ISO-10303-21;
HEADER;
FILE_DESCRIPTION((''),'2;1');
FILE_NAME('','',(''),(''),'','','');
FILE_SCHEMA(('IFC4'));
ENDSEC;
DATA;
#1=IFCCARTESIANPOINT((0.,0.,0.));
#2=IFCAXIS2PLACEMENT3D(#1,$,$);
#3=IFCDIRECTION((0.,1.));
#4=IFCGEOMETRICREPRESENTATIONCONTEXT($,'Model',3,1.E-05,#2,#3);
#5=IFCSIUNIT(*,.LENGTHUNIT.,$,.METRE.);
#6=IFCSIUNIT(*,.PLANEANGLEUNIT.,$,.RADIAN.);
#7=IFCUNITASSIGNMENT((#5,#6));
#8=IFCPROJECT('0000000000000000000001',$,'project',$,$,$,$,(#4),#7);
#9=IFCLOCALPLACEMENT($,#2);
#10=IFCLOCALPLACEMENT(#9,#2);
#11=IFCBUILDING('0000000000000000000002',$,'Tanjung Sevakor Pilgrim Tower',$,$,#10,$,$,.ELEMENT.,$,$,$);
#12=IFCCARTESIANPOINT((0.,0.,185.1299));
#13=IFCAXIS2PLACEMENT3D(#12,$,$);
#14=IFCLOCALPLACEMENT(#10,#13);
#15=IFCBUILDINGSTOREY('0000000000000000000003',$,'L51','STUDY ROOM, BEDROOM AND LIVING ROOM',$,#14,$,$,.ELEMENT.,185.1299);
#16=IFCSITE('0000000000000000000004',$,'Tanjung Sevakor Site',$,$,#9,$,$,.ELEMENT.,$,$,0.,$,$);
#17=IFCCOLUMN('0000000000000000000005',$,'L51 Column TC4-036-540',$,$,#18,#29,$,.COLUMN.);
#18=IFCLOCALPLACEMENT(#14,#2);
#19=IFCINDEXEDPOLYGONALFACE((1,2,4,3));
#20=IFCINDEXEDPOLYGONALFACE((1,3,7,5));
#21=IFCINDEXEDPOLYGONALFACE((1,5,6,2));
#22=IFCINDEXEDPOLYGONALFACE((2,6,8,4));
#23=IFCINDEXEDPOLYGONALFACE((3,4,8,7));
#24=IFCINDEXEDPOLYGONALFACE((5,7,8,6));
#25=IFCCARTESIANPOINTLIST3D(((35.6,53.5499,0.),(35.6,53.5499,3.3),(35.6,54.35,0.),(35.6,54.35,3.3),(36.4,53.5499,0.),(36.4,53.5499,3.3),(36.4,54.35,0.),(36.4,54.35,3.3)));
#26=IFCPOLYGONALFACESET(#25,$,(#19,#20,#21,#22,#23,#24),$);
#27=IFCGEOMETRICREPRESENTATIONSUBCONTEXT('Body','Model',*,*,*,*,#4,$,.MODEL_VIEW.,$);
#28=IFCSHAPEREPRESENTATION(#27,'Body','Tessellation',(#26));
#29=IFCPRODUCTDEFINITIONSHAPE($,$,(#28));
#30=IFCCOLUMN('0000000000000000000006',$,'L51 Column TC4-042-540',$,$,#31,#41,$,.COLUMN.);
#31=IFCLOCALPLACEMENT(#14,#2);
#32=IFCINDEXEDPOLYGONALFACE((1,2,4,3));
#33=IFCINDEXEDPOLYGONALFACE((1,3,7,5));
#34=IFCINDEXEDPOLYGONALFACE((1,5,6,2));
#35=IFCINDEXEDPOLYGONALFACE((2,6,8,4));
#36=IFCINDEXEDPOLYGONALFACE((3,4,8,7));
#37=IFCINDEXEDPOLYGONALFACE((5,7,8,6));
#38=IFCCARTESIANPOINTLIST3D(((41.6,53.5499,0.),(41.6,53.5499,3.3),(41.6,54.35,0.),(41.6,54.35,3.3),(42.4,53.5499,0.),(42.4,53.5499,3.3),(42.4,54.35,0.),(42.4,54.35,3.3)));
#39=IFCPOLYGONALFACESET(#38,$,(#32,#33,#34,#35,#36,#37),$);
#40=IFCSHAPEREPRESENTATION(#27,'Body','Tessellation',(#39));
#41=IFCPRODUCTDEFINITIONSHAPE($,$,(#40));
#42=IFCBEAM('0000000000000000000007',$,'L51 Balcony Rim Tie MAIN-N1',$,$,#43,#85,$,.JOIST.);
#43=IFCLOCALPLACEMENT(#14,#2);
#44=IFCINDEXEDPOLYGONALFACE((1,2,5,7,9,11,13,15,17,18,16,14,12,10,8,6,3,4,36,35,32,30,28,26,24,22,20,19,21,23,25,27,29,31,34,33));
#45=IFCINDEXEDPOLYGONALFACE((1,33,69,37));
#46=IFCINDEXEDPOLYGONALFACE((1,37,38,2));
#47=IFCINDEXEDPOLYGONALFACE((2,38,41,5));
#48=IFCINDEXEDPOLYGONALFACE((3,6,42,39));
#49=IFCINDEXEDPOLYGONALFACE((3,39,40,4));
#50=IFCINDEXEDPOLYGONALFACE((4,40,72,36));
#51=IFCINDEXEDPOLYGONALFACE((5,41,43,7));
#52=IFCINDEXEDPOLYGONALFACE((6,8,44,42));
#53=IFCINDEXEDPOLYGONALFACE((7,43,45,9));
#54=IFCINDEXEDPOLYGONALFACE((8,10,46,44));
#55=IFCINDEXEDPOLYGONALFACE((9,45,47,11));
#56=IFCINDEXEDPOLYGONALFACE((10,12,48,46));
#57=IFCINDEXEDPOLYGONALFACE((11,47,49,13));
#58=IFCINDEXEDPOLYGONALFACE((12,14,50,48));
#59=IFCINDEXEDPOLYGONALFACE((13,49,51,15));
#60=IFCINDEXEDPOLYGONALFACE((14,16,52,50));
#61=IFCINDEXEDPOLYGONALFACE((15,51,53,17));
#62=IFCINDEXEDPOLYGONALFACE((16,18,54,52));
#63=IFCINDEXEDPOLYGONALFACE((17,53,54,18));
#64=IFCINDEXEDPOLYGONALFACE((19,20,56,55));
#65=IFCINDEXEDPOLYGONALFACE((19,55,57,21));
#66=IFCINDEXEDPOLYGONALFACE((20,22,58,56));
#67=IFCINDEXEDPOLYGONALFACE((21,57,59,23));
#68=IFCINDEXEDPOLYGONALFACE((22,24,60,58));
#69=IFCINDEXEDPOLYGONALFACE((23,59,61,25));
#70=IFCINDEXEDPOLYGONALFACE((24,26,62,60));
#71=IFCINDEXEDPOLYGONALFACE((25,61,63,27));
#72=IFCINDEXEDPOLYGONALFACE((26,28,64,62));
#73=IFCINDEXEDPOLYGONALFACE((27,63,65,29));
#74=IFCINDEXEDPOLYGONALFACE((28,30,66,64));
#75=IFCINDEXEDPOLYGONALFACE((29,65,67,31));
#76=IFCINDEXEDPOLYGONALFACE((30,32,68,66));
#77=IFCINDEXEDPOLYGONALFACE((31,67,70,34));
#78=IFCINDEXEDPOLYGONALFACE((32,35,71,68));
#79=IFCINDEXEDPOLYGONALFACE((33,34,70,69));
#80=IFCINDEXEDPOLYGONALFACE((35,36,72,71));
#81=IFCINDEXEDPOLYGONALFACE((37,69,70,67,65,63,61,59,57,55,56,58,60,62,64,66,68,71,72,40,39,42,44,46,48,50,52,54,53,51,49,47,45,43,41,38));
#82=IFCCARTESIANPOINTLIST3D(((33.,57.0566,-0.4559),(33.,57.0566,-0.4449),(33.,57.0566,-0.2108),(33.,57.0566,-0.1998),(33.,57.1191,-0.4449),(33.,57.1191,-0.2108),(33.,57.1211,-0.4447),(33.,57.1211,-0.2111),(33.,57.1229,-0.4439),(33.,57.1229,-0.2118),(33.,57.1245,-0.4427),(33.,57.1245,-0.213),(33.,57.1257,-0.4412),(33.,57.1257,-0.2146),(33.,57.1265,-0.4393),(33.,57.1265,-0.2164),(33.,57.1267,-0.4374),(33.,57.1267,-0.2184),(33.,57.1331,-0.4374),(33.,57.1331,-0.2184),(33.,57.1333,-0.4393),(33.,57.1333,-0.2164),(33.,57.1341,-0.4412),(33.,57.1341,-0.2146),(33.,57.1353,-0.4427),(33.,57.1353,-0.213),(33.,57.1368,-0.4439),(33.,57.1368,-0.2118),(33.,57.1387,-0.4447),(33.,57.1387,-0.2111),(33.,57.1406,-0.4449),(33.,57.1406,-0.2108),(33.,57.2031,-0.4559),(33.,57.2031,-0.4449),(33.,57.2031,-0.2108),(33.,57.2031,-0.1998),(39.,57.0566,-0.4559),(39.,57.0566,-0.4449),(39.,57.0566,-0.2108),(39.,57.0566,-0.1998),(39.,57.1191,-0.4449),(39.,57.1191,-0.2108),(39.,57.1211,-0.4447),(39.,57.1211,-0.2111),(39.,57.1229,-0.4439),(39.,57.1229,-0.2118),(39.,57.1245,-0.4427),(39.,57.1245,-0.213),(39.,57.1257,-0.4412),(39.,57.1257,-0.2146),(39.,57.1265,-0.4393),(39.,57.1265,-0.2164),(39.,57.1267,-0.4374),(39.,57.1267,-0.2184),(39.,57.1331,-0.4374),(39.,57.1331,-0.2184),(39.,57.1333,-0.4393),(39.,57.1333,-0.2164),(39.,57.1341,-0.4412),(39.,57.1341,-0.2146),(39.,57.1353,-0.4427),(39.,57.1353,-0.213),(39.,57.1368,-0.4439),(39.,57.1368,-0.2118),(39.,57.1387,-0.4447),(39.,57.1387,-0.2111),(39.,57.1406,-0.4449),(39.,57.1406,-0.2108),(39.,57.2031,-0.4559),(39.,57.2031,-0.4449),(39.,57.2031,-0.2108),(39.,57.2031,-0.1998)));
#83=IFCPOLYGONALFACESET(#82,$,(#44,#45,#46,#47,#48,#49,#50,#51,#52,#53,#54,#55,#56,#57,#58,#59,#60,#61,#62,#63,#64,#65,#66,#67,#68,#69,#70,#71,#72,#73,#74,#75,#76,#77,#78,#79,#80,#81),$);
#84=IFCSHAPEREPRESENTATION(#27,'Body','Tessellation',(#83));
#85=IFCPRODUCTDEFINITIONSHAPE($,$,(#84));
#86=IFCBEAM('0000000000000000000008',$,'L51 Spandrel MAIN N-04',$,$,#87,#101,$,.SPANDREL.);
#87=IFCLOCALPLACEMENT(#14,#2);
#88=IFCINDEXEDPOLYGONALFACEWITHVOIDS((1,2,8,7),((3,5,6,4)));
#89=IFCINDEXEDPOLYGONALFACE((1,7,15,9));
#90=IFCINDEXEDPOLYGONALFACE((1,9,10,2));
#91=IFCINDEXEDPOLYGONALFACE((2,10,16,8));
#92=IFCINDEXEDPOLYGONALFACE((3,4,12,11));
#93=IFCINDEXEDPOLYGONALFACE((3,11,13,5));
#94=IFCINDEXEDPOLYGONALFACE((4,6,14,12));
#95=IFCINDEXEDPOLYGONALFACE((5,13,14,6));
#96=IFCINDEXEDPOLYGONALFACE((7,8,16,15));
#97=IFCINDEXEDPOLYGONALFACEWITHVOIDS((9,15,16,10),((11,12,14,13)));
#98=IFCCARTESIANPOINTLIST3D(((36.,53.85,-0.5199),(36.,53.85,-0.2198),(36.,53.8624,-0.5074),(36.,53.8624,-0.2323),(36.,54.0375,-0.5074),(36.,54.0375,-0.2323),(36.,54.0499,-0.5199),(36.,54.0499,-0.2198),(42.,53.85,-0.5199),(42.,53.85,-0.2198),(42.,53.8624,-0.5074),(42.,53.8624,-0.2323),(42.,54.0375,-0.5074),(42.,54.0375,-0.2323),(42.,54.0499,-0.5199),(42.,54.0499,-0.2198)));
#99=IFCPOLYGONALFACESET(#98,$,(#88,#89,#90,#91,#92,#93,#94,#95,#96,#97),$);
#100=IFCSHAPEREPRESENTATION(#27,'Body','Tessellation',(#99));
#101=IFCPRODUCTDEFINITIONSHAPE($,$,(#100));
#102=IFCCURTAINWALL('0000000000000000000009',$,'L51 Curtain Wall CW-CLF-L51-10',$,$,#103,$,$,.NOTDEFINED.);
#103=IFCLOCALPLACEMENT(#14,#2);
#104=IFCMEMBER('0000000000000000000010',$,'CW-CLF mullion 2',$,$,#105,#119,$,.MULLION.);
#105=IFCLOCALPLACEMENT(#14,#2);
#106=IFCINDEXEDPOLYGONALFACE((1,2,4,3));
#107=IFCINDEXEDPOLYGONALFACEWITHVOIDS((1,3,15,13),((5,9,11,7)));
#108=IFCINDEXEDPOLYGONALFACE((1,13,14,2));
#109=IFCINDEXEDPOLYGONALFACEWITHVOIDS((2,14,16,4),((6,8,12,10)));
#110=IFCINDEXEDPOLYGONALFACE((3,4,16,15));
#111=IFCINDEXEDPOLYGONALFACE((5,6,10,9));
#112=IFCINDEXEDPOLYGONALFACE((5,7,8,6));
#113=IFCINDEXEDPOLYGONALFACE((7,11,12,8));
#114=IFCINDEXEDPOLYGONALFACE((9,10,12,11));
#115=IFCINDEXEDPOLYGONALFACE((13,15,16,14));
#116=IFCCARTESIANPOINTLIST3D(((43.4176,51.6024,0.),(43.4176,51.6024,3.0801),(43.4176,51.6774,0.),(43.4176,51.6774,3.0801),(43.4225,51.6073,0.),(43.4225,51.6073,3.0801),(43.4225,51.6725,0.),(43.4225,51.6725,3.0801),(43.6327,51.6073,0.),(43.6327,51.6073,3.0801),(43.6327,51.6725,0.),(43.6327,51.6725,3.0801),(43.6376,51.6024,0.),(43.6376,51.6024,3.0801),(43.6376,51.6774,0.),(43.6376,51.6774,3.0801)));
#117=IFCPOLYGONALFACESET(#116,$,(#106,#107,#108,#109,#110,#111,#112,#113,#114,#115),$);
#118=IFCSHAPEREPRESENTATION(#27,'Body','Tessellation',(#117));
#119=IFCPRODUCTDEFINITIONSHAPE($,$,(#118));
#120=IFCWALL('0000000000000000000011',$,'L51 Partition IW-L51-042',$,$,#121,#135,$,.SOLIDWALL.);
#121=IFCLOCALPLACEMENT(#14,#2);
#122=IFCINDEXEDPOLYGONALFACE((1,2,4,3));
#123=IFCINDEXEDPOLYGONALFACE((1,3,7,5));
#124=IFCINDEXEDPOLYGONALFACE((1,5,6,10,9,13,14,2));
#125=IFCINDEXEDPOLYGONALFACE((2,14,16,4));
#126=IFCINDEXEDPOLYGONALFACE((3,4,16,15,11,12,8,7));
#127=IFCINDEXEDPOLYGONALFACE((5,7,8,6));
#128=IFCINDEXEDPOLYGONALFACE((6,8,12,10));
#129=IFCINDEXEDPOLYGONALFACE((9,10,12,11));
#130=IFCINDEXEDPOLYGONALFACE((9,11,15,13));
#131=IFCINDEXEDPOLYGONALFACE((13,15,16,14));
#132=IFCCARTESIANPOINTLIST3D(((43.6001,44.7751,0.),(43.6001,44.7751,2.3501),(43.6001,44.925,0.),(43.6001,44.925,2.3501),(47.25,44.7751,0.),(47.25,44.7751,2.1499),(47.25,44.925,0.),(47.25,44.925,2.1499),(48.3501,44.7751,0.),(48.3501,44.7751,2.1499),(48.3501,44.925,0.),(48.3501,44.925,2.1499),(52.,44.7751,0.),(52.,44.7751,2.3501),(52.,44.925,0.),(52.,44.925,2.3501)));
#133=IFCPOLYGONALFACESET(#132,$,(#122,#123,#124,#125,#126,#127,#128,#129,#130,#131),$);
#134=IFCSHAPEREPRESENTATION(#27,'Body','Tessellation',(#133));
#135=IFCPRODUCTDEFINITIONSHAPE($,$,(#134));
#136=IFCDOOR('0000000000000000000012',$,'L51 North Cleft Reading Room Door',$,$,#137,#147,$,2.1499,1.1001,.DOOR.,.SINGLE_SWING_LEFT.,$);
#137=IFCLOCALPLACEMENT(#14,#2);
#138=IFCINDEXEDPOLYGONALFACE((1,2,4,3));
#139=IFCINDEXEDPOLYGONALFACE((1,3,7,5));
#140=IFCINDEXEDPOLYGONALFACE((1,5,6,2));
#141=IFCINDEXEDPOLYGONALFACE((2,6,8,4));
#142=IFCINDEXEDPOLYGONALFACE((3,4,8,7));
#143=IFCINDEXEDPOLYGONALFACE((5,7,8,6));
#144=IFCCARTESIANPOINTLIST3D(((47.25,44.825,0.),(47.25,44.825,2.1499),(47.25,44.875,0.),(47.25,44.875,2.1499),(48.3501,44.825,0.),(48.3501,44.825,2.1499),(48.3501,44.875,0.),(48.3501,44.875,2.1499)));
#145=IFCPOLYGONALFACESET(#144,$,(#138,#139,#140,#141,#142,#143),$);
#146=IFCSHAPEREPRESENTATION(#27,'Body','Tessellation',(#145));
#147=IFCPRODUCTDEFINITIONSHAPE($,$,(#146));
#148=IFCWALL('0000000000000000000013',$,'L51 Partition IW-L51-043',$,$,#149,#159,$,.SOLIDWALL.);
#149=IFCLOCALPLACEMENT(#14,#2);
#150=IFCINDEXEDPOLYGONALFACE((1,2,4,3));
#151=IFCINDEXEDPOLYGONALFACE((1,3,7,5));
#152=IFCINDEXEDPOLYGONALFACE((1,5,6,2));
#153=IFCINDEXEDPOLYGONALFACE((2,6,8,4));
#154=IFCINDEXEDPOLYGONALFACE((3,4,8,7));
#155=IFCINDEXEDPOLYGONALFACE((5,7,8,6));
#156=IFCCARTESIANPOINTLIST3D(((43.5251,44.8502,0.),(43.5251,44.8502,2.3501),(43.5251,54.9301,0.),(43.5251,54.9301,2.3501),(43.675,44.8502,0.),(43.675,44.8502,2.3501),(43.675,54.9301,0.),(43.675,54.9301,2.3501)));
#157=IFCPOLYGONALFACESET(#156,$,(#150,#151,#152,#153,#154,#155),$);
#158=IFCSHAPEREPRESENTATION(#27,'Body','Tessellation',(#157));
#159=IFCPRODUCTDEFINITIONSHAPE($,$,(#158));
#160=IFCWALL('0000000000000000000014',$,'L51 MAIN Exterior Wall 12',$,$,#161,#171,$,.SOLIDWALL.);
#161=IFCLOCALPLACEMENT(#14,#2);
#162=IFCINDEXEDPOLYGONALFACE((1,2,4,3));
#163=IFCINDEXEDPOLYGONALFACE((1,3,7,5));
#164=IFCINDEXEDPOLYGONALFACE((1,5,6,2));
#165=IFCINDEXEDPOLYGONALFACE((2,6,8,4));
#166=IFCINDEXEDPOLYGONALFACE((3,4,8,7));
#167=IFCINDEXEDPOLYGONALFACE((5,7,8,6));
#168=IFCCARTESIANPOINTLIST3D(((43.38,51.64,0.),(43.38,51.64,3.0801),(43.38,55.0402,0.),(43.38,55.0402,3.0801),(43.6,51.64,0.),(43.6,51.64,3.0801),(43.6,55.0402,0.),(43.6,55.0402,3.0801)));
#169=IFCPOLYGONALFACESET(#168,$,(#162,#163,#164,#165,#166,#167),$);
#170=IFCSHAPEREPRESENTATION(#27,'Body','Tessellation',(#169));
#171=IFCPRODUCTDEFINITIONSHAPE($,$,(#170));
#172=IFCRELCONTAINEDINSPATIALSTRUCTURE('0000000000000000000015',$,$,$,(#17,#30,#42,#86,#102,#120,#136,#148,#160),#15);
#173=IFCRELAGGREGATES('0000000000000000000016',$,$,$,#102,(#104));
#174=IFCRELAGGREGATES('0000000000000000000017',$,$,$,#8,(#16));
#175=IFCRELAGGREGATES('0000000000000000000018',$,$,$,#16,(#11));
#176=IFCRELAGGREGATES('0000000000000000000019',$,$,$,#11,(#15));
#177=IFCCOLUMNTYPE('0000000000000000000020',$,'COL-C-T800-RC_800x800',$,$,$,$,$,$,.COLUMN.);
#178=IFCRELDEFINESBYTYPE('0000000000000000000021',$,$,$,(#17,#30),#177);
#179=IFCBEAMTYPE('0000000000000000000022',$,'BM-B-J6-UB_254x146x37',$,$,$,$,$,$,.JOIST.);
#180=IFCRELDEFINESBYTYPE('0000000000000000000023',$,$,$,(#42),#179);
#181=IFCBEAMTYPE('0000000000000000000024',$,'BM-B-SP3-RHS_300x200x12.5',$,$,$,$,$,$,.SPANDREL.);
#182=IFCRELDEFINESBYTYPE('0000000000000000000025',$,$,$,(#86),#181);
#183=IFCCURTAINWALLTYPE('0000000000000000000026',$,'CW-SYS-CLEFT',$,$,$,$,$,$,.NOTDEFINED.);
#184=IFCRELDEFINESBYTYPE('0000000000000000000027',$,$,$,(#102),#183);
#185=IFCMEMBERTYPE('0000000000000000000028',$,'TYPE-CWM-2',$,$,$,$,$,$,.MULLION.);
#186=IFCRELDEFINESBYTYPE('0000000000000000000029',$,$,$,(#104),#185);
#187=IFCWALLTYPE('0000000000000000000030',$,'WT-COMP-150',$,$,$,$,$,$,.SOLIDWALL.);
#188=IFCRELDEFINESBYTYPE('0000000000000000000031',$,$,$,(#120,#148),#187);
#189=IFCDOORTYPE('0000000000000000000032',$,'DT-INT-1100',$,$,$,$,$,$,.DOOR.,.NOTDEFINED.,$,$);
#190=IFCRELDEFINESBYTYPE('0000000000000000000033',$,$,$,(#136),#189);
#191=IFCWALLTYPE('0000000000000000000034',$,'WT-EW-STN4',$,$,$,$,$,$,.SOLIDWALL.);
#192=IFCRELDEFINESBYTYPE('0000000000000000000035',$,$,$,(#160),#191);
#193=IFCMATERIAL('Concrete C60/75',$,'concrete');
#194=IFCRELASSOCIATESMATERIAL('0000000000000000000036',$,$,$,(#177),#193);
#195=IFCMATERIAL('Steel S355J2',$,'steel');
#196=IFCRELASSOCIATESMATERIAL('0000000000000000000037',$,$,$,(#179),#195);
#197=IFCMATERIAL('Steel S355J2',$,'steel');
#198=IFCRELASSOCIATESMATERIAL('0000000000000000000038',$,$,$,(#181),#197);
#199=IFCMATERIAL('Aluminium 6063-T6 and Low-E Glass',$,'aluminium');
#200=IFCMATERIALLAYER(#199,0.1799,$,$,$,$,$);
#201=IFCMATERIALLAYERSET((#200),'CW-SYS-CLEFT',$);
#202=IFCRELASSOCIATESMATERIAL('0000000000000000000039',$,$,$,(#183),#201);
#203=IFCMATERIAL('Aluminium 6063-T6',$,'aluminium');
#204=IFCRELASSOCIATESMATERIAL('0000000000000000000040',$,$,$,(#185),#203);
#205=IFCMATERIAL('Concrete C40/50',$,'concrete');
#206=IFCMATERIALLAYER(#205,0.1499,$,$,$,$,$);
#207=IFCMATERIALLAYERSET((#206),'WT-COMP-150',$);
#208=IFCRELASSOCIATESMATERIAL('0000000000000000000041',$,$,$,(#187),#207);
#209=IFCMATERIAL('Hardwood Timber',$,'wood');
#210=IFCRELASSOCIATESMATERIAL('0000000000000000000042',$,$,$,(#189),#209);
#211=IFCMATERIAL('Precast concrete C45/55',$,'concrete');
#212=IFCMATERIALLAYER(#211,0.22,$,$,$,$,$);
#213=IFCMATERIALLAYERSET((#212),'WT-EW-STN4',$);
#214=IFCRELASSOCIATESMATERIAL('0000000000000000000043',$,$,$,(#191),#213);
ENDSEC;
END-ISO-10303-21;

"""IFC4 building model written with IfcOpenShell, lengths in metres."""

from ifc_helpers import new_model, si_unit, direction, frame, frame_2d, origin, origin_2d, place, context, subcontext, project, spatial, rectangle, hollow_rectangle, i_section, extrude, material, layer, layer_set, material_profile, profile_set, type_object, element, fill, aggregate, save


model = new_model("IFC4")

# Units and contexts
model_context = context("Model", 3, precision=1e-05, world=origin(), true_north=direction((0.0, 1.0)))
body_context = subcontext(model_context, "Body", "Model", "MODEL_VIEW")
ifc_project = project(units=[si_unit("LENGTHUNIT", "METRE"), si_unit("PLANEANGLEUNIT", "RADIAN")], contexts=[model_context])

# Site, building, storey
site_placement = place(None, origin())
site = spatial("IfcSite", under=ifc_project, at=site_placement, Name="Tanjung Sevakor Site", CompositionType="ELEMENT", RefElevation=0.0)
building_placement = place(site_placement, origin())
building = spatial("IfcBuilding", under=site, at=building_placement, Name="Tanjung Sevakor Pilgrim Tower", CompositionType="ELEMENT")
storey_placement = place(building_placement, frame((0.0, 0.0, 185.1299)))
storey = spatial("IfcBuildingStorey", under=building, at=storey_placement, Name="L51", Description="STUDY ROOM, BEDROOM AND LIVING ROOM", CompositionType="ELEMENT", Elevation=185.1299)

# Columns
ifc_material_1 = material(Name="Concrete C60/75", Category="concrete")
ifc_material_profile_1 = material_profile(ifc_material_1, rectangle(XDim=0.8, YDim=0.8, at=origin_2d()))
ifc_profile_set_1 = profile_set([ifc_material_profile_1], Name="Concrete C60/75")
column_type = type_object("IfcColumnType", Name="COL-C-T800-RC_800x800", PredefinedType="COLUMN", material=ifc_profile_set_1)
for number, where, z_axis, x_axis, name in (
    (1, (36.0, 53.95, 0.0), (0.0, 0.0, 1.0), (1.0, 0.0, 0.0), "L51 Column TC4-036-540"),
    (2, (42.0, 53.95, 0.0), (0.0, 0.0, 1.0), (1.0, 0.0, 0.0), "L51 Column TC4-042-540"),
):
    element("IfcColumn", number, at=place(storey_placement, frame(where, z_axis=z_axis, x_axis=x_axis)), inside=storey, type_object=column_type, Name=name, PredefinedType="COLUMN", context=body_context, shape_type="SweptSolid", body=[
        extrude(rectangle(XDim=0.8, YDim=0.8, at=origin_2d()), origin(), (0.0, 0.0, 1.0), 3.3),
    ])

# Beams
ifc_material_2 = material(Name="Steel S355J2", Category="steel")
ifc_material_profile_2 = material_profile(ifc_material_2, i_section(OverallWidth=0.1465, OverallDepth=0.2561, WebThickness=0.0063, FlangeThickness=0.011, FilletRadius=0.0076, at=origin_2d()))
ifc_profile_set_2 = profile_set([ifc_material_profile_2], Name="Steel S355J2")
beam_type_1 = type_object("IfcBeamType", Name="BM-B-J6-UB_254x146x37", PredefinedType="JOIST", material=ifc_profile_set_2)
beam_1_placement = place(storey_placement, frame((33.0, 57.1299, -0.3279), z_axis=(1.0, 0.0, 0.0), x_axis=(0.0, 1.0, 0.0)))
element("IfcBeam", 3, at=beam_1_placement, inside=storey, type_object=beam_type_1, Name="L51 Balcony Rim Tie MAIN-N1", PredefinedType="JOIST", context=body_context, shape_type="SweptSolid", body=[
    extrude(i_section(OverallWidth=0.1465, OverallDepth=0.2561, WebThickness=0.0063, FlangeThickness=0.011, FilletRadius=0.0076, at=origin_2d()), origin(), (0.0, 0.0, 1.0), 6.0),
])
ifc_material_3 = material(Name="Steel S355J2", Category="steel")
ifc_material_profile_3 = material_profile(ifc_material_3, hollow_rectangle(XDim=0.2, YDim=0.3, WallThickness=0.0125, at=origin_2d()))
ifc_profile_set_3 = profile_set([ifc_material_profile_3], Name="Steel S355J2")
beam_type_2 = type_object("IfcBeamType", Name="BM-B-SP3-RHS_300x200x12.5", PredefinedType="SPANDREL", material=ifc_profile_set_3)
beam_2_placement = place(storey_placement, frame((36.0, 53.95, -0.3699), z_axis=(1.0, 0.0, 0.0), x_axis=(0.0, 1.0, 0.0)))
element("IfcBeam", 4, at=beam_2_placement, inside=storey, type_object=beam_type_2, Name="L51 Spandrel MAIN N-04", PredefinedType="SPANDREL", context=body_context, shape_type="SweptSolid", body=[
    extrude(hollow_rectangle(XDim=0.2, YDim=0.3, WallThickness=0.0125, at=origin_2d()), origin(), (0.0, 0.0, 1.0), 6.0),
])

# Curtain wall, member
ifc_material_4 = material(Name="Aluminium 6063-T6 and Low-E Glass", Category="aluminium")
ifc_layer_1 = layer(ifc_material_4, 0.1799)
ifc_layer_set_1 = layer_set([ifc_layer_1], Name="CW-SYS-CLEFT")
curtain_wall_type = type_object("IfcCurtainWallType", Name="CW-SYS-CLEFT", PredefinedType="NOTDEFINED", material=ifc_layer_set_1)
curtain_wall_placement = place(storey_placement, origin())
curtain_wall = element("IfcCurtainWall", 5, at=curtain_wall_placement, inside=storey, type_object=curtain_wall_type, Name="L51 Curtain Wall CW-CLF-L51-10", PredefinedType="NOTDEFINED")
ifc_material_5 = material(Name="Aluminium 6063-T6", Category="aluminium")
ifc_material_profile_4 = material_profile(ifc_material_5, hollow_rectangle(XDim=0.075, YDim=0.22, WallThickness=0.0049, at=origin_2d()))
ifc_profile_set_4 = profile_set([ifc_material_profile_4], Name="Aluminium 6063-T6")
member_type = type_object("IfcMemberType", Name="TYPE-CWM-2", PredefinedType="MULLION", material=ifc_profile_set_4)
member_placement = place(storey_placement, frame((43.5276, 51.6399, 0.0), z_axis=(0.0, 0.0, 1.0), x_axis=(0.0, -1.0, 0.0)))
member = element("IfcMember", 6, at=member_placement, type_object=member_type, Name="CW-CLF mullion 2", PredefinedType="MULLION", context=body_context, shape_type="SweptSolid", body=[
    extrude(hollow_rectangle(XDim=0.075, YDim=0.22, WallThickness=0.0049, at=origin_2d()), origin(), (0.0, 0.0, 1.0), 3.0801),
])
aggregate(curtain_wall, [member])

# Wall, opening, door
ifc_material_6 = material(Name="Concrete C40/50", Category="concrete")
ifc_layer_2 = layer(ifc_material_6, 0.1499)
ifc_layer_set_2 = layer_set([ifc_layer_2], Name="WT-COMP-150")
wall_type_1 = type_object("IfcWallType", Name="WT-COMP-150", PredefinedType="SOLIDWALL", material=ifc_layer_set_2)
wall_1_placement = place(storey_placement, frame((43.6001, 44.8501, 0.0), z_axis=(0.0, 0.0, 1.0), x_axis=(1.0, 0.0, 0.0)))
wall_1 = element("IfcWall", 7, at=wall_1_placement, inside=storey, type_object=wall_type_1, Name="L51 Partition IW-L51-042", PredefinedType="SOLIDWALL", context=body_context, shape_type="SweptSolid", body=[
    extrude(rectangle(XDim=8.3999, YDim=0.1499, at=frame_2d((4.2, 0.0))), origin(), (0.0, 0.0, 1.0), 2.3501),
])
opening_1_placement = place(wall_1_placement, frame((3.6499, 0.0, 0.0)))
opening_1 = element("IfcOpeningElement", 8, at=opening_1_placement, cuts=wall_1, PredefinedType="OPENING", context=body_context, shape_type="SweptSolid", body=[
    extrude(rectangle(XDim=1.1001, YDim=2.1499, at=frame_2d((0.55, 1.075))), frame((0.0, 0.085, 0.0), z_axis=(0.0, -1.0, 0.0), x_axis=(1.0, 0.0, 0.0)), (0.0, 0.0, 1.0), 0.1699),
])
ifc_material_7 = material(Name="Hardwood Timber", Category="wood")
door_type_1 = type_object("IfcDoorType", Name="DT-INT-1100", OperationType="NOTDEFINED", PredefinedType="DOOR", material=ifc_material_7)
door_1_placement = place(opening_1_placement, origin())
door_1 = element("IfcDoor", 9, at=door_1_placement, inside=storey, type_object=door_type_1, Name="L51 North Cleft Reading Room Door", OperationType="SINGLE_SWING_LEFT", OverallHeight=2.1499, OverallWidth=1.1001, PredefinedType="DOOR", context=body_context, shape_type="SweptSolid", body=[
    extrude(rectangle(XDim=1.1001, YDim=2.1499, at=frame_2d((0.55, 1.075))), frame((0.0, 0.0249, 0.0), z_axis=(0.0, -1.0, 0.0), x_axis=(1.0, 0.0, 0.0)), (0.0, 0.0, 1.0), 0.05),
])
fill(opening_1, door_1)

# Wall
wall_2_placement = place(storey_placement, frame((43.6001, 44.8501, 0.0), z_axis=(0.0, 0.0, 1.0), x_axis=(0.0, 1.0, 0.0)))
element("IfcWall", 10, at=wall_2_placement, inside=storey, type_object=wall_type_1, Name="L51 Partition IW-L51-043", PredefinedType="SOLIDWALL", context=body_context, shape_type="SweptSolid", body=[
    extrude(rectangle(XDim=10.0798, YDim=0.1499, at=frame_2d((5.04, 0.0))), origin(), (0.0, 0.0, 1.0), 2.3501),
])

# Wall
ifc_material_8 = material(Name="Precast concrete C45/55", Category="concrete")
ifc_layer_3 = layer(ifc_material_8, 0.22)
ifc_layer_set_3 = layer_set([ifc_layer_3], Name="WT-EW-STN4")
wall_type_2 = type_object("IfcWallType", Name="WT-EW-STN4", PredefinedType="SOLIDWALL", material=ifc_layer_set_3)
wall_3_placement = place(storey_placement, frame((43.49, 51.6399, 0.0), z_axis=(0.0, 0.0, 1.0), x_axis=(0.0, 1.0, 0.0)))
element("IfcWall", 11, at=wall_3_placement, inside=storey, type_object=wall_type_2, Name="L51 MAIN Exterior Wall 12", PredefinedType="SOLIDWALL", context=body_context, shape_type="SweptSolid", body=[
    extrude(rectangle(XDim=3.4001, YDim=0.22, at=frame_2d((1.7002, 0.0))), origin(), (0.0, 0.0, 1.0), 3.0801),
])

save(model, "model.ifc")
